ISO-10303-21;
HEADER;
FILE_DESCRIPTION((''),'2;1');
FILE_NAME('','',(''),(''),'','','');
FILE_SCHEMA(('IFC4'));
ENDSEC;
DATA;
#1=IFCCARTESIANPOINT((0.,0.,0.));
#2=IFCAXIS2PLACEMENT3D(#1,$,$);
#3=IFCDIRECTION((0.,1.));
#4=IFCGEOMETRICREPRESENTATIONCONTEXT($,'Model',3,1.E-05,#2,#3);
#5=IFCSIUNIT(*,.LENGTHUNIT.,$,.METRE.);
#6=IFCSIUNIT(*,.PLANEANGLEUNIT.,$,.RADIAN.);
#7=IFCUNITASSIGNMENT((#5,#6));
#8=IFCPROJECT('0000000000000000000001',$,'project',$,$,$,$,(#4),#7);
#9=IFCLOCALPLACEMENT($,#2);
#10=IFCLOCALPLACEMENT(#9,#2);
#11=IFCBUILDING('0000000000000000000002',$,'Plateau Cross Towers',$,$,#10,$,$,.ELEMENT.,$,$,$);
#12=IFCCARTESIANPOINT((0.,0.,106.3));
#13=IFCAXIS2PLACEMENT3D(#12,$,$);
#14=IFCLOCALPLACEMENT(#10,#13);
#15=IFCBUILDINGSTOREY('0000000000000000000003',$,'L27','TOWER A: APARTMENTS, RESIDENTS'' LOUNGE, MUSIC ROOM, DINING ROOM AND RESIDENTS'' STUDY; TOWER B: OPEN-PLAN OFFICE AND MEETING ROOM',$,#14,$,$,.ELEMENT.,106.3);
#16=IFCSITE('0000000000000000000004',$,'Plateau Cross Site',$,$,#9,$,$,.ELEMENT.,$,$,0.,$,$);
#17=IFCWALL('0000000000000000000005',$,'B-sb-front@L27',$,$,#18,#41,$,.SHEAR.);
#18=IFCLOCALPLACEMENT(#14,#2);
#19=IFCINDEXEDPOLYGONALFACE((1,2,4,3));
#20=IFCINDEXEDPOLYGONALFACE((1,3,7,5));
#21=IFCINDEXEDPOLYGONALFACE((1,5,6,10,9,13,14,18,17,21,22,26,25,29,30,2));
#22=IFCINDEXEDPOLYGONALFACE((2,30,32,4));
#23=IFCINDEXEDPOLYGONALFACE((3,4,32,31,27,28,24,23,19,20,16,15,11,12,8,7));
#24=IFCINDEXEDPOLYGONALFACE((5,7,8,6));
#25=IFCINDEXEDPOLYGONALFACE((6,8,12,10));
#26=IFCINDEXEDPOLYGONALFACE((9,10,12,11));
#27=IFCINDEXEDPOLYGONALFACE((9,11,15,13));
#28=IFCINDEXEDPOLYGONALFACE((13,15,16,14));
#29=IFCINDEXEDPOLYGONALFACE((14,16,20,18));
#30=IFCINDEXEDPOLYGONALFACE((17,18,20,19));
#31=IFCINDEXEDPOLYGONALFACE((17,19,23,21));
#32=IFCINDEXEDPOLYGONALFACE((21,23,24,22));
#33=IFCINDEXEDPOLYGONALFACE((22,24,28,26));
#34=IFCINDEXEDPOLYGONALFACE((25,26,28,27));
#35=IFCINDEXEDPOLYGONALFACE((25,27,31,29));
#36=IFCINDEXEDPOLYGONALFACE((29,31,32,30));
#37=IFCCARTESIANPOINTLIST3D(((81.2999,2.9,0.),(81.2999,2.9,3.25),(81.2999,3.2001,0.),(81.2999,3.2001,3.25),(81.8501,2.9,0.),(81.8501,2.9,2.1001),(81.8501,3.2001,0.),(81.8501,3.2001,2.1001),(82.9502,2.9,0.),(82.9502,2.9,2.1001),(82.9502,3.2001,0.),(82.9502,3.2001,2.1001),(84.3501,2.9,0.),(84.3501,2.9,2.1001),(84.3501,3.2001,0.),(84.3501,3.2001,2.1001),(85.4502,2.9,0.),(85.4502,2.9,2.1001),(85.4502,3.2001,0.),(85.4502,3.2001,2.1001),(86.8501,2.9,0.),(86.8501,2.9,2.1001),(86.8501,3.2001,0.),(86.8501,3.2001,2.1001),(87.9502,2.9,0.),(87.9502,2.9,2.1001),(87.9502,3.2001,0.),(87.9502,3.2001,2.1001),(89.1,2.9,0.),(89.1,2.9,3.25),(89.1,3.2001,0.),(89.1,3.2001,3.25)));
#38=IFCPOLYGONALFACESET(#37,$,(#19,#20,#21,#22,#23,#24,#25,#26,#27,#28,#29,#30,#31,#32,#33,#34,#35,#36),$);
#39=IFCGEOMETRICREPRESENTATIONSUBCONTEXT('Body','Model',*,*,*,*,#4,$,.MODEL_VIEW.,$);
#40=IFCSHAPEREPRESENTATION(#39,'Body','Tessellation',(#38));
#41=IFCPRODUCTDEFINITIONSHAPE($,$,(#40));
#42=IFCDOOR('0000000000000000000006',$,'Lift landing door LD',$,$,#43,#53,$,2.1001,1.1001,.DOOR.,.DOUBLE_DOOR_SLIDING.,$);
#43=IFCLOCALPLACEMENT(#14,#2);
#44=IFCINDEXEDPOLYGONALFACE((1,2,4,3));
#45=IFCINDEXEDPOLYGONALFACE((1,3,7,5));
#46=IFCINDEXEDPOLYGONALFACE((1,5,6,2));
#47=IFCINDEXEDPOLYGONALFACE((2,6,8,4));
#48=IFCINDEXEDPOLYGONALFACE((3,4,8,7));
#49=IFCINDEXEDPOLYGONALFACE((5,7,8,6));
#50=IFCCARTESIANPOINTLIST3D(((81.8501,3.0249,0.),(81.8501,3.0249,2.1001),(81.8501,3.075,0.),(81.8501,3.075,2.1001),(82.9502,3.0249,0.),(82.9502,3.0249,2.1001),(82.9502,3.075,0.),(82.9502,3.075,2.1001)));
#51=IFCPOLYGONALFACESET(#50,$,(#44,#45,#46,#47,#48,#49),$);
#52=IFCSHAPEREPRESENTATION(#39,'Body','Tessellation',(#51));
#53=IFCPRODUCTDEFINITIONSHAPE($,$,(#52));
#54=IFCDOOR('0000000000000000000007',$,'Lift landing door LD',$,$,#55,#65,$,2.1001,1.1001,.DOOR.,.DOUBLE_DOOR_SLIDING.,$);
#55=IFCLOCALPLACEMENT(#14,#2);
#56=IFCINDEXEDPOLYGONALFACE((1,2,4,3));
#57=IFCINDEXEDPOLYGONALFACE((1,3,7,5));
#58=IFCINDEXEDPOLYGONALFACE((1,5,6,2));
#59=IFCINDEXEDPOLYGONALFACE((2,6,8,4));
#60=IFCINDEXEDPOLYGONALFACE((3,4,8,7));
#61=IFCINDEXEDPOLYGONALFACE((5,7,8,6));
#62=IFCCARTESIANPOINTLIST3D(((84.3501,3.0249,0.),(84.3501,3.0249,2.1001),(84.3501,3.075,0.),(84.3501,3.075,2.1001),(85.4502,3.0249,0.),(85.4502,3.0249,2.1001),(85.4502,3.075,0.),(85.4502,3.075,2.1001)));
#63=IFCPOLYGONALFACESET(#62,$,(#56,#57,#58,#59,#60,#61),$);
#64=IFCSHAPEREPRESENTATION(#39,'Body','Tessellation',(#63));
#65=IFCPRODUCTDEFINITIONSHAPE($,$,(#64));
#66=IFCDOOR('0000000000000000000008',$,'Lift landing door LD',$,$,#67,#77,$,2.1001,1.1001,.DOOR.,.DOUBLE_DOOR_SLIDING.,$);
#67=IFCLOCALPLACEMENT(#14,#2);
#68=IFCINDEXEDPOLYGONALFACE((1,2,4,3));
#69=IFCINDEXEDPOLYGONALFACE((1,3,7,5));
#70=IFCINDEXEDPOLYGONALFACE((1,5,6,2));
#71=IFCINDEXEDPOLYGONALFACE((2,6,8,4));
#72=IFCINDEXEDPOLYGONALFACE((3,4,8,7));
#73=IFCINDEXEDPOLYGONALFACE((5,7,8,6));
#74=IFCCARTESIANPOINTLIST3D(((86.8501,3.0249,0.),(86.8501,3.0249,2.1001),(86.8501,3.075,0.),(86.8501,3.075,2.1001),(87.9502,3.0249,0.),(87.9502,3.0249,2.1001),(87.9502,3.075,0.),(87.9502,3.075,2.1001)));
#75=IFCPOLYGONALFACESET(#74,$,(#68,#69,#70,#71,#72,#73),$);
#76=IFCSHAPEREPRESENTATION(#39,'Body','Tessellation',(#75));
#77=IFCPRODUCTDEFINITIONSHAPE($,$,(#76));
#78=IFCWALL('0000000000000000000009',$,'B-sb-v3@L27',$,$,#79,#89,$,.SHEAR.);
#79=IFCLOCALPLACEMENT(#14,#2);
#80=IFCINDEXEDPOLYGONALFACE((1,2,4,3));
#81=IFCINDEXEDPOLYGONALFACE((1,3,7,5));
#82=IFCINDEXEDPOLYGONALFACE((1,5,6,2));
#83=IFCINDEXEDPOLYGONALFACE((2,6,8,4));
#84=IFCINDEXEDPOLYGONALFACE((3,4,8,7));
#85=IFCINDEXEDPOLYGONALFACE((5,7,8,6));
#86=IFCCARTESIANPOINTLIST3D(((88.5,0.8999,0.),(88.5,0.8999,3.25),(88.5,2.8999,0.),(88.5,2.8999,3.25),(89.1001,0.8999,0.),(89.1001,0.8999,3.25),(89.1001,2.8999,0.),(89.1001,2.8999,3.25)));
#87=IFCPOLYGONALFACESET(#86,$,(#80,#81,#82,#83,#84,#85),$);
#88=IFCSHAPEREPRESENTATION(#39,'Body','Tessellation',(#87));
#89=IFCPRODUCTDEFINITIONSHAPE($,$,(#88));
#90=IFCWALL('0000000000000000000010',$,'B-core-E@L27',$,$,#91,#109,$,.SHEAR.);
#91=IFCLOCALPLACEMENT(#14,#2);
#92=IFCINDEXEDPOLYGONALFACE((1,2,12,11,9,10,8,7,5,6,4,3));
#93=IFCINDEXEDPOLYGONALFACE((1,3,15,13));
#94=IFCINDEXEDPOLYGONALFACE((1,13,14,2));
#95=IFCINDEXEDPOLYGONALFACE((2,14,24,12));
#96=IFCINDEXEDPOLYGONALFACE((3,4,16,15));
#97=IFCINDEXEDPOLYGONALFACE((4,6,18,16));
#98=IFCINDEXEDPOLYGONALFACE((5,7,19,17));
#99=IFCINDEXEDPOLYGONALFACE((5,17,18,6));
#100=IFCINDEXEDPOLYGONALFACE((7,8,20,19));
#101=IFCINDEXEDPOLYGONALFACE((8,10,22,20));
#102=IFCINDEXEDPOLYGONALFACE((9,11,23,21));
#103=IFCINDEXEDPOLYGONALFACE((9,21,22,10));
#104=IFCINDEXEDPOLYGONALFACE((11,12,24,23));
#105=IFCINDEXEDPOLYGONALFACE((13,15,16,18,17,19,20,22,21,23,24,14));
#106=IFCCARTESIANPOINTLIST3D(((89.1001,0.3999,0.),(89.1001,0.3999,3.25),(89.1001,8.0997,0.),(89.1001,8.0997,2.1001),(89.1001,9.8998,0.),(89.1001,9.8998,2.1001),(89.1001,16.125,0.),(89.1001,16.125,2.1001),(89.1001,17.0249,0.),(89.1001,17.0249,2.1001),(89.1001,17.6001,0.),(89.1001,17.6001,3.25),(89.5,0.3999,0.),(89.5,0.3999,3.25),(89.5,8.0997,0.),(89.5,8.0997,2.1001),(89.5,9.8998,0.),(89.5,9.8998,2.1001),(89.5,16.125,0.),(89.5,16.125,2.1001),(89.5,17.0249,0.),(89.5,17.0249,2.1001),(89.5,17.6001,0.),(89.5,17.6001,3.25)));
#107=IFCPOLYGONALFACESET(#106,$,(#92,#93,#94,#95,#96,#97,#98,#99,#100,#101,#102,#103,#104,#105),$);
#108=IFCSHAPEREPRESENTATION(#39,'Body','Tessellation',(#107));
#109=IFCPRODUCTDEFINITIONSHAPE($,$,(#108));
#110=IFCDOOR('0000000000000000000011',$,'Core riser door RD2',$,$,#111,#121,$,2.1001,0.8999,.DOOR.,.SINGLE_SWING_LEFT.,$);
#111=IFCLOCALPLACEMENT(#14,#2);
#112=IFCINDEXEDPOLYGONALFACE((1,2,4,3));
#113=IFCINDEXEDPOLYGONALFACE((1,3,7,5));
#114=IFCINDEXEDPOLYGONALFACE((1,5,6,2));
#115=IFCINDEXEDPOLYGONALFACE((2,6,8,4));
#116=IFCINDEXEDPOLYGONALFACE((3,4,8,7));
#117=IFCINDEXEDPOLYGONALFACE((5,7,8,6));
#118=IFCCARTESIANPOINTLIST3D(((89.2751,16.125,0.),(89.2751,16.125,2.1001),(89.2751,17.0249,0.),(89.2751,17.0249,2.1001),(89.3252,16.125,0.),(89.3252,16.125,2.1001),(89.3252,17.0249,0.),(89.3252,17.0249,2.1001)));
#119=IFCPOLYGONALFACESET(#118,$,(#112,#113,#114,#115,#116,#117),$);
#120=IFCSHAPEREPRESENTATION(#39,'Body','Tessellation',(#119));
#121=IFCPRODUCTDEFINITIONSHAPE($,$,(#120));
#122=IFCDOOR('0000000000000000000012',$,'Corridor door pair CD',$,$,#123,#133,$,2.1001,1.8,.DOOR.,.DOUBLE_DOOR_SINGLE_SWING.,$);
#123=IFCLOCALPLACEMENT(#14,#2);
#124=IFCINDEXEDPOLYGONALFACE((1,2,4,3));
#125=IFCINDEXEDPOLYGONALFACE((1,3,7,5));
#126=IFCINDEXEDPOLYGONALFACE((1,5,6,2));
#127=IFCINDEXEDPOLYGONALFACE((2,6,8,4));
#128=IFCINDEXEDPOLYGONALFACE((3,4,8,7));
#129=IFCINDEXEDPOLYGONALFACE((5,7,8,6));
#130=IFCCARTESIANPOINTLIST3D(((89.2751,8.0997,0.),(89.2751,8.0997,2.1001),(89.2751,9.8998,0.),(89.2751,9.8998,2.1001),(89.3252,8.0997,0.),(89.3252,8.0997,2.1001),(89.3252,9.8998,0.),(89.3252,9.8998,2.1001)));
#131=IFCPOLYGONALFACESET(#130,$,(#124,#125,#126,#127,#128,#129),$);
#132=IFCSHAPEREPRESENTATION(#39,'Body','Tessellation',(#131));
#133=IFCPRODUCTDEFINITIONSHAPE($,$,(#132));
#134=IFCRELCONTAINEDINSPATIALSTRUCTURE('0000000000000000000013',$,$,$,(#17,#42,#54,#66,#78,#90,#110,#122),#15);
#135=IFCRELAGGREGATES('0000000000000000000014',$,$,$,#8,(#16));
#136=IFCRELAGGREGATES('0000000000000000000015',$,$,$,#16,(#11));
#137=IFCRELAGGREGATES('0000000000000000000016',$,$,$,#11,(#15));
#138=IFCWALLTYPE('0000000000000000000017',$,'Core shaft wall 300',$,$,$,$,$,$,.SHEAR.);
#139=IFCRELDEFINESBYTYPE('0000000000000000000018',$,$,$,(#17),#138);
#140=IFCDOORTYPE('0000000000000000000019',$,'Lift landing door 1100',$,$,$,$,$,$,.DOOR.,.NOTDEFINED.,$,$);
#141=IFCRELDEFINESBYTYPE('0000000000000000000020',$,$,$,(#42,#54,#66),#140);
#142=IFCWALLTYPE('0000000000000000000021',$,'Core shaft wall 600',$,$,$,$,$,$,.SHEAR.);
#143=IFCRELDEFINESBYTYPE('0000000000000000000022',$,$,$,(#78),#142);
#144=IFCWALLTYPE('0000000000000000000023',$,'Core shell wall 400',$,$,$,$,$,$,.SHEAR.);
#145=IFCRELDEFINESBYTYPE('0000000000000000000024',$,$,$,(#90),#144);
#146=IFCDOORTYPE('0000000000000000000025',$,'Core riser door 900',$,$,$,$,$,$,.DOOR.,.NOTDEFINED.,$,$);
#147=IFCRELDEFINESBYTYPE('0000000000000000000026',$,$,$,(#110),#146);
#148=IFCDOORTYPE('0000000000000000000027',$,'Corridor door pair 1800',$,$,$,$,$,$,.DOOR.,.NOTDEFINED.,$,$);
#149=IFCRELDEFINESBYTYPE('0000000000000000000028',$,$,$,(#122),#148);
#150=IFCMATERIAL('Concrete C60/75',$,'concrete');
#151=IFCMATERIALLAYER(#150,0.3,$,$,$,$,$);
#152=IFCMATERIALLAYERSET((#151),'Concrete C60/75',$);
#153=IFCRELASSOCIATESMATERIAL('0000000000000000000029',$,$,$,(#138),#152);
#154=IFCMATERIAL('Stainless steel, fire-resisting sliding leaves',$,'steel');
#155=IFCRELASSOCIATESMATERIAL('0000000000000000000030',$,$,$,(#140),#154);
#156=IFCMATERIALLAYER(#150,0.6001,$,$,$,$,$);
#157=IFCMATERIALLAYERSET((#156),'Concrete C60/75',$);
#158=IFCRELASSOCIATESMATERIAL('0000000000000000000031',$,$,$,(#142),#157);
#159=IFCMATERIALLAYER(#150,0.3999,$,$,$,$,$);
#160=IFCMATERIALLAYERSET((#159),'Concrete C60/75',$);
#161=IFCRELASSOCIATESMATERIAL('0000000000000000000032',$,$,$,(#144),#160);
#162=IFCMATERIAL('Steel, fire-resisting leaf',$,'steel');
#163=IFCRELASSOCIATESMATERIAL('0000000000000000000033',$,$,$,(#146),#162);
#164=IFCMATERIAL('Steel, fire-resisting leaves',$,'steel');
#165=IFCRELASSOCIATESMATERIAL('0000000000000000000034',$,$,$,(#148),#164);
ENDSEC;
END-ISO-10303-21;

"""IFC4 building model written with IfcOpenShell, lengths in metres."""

from ifc_helpers import new_model, si_unit, direction, frame, frame_2d, origin, place, context, subcontext, project, spatial, rectangle, extrude, material, layer, layer_set, type_object, element, fill, save


model = new_model("IFC4")

# Units and contexts
model_context = context("Model", 3, precision=1e-05, world=origin(), true_north=direction((0.0, 1.0)))
body_context = subcontext(model_context, "Body", "Model", "MODEL_VIEW")
ifc_project = project(units=[si_unit("LENGTHUNIT", "METRE"), si_unit("PLANEANGLEUNIT", "RADIAN")], contexts=[model_context])

# Site, building, storey
site_placement = place(None, origin())
site = spatial("IfcSite", under=ifc_project, at=site_placement, Name="Plateau Cross Site", CompositionType="ELEMENT", RefElevation=0.0)
building_placement = place(site_placement, origin())
building = spatial("IfcBuilding", under=site, at=building_placement, Name="Plateau Cross Towers", CompositionType="ELEMENT")
storey_placement = place(building_placement, frame((0.0, 0.0, 106.3)))
storey = spatial("IfcBuildingStorey", under=building, at=storey_placement, Name="L27", Description="TOWER A: APARTMENTS, RESIDENTS' LOUNGE, MUSIC ROOM, DINING ROOM AND RESIDENTS' STUDY; TOWER B: OPEN-PLAN OFFICE AND MEETING ROOM", CompositionType="ELEMENT", Elevation=106.3)

# Shared definitions
ifc_material_1 = material(Name="Concrete C60/75", Category="concrete")

# Shared definitions
ifc_layer_1 = layer(ifc_material_1, 0.3)
ifc_layer_set_1 = layer_set([ifc_layer_1], Name="Concrete C60/75")
wall_type_1 = type_object("IfcWallType", Name="Core shaft wall 300", PredefinedType="SHEAR", material=ifc_layer_set_1)

# Wall, openings, doors
wall_1_placement = place(storey_placement, frame((81.3, 3.05, 0.0), z_axis=(0.0, 0.0, 1.0), x_axis=(1.0, 0.0, 0.0)))
wall_1 = element("IfcWall", 1, at=wall_1_placement, inside=storey, type_object=wall_type_1, Name="B-sb-front@L27", PredefinedType="SHEAR", context=body_context, shape_type="SweptSolid", body=[
    extrude(rectangle(XDim=7.8, YDim=0.3, at=frame_2d((3.8999, 0.0))), origin(), (0.0, 0.0, 1.0), 3.25),
])
opening_1_placement = place(wall_1_placement, frame((0.55, 0.0, 0.0)))
opening_1 = element("IfcOpeningElement", 2, at=opening_1_placement, cuts=wall_1, PredefinedType="OPENING", context=body_context, shape_type="SweptSolid", body=[
    extrude(rectangle(XDim=1.1001, YDim=2.1001, at=frame_2d((0.55, 1.05))), frame((0.0, 0.1599, 0.0), z_axis=(0.0, -1.0, 0.0), x_axis=(1.0, 0.0, 0.0)), (0.0, 0.0, 1.0), 0.3201),
])
opening_2_placement = place(wall_1_placement, frame((3.05, 0.0, 0.0)))
opening_2 = element("IfcOpeningElement", 3, at=opening_2_placement, cuts=wall_1, PredefinedType="OPENING", context=body_context, shape_type="SweptSolid", body=[
    extrude(rectangle(XDim=1.1001, YDim=2.1001, at=frame_2d((0.55, 1.05))), frame((0.0, 0.1599, 0.0), z_axis=(0.0, -1.0, 0.0), x_axis=(1.0, 0.0, 0.0)), (0.0, 0.0, 1.0), 0.3201),
])
opening_3_placement = place(wall_1_placement, frame((5.55, 0.0, 0.0)))
opening_3 = element("IfcOpeningElement", 4, at=opening_3_placement, cuts=wall_1, PredefinedType="OPENING", context=body_context, shape_type="SweptSolid", body=[
    extrude(rectangle(XDim=1.1001, YDim=2.1001, at=frame_2d((0.55, 1.05))), frame((0.0, 0.1599, 0.0), z_axis=(0.0, -1.0, 0.0), x_axis=(1.0, 0.0, 0.0)), (0.0, 0.0, 1.0), 0.3201),
])
ifc_material_2 = material(Name="Stainless steel, fire-resisting sliding leaves", Category="steel")
door_type_1 = type_object("IfcDoorType", Name="Lift landing door 1100", OperationType="NOTDEFINED", PredefinedType="DOOR", material=ifc_material_2)
door_1_placement = place(opening_1_placement, origin())
door_1 = element("IfcDoor", 5, at=door_1_placement, inside=storey, type_object=door_type_1, Name="Lift landing door LD", OperationType="DOUBLE_DOOR_SLIDING", OverallHeight=2.1001, OverallWidth=1.1001, PredefinedType="DOOR", context=body_context, shape_type="SweptSolid", body=[
    extrude(rectangle(XDim=1.1001, YDim=2.1001, at=frame_2d((0.55, 1.05))), frame((0.0, 0.0249, 0.0), z_axis=(0.0, -1.0, 0.0), x_axis=(1.0, 0.0, 0.0)), (0.0, 0.0, 1.0), 0.05),
])
fill(opening_1, door_1)
door_2_placement = place(opening_2_placement, origin())
door_2 = element("IfcDoor", 6, at=door_2_placement, inside=storey, type_object=door_type_1, Name="Lift landing door LD", OperationType="DOUBLE_DOOR_SLIDING", OverallHeight=2.1001, OverallWidth=1.1001, PredefinedType="DOOR", context=body_context, shape_type="SweptSolid", body=[
    extrude(rectangle(XDim=1.1001, YDim=2.1001, at=frame_2d((0.55, 1.05))), frame((0.0, 0.0249, 0.0), z_axis=(0.0, -1.0, 0.0), x_axis=(1.0, 0.0, 0.0)), (0.0, 0.0, 1.0), 0.05),
])
fill(opening_2, door_2)
door_3_placement = place(opening_3_placement, origin())
door_3 = element("IfcDoor", 7, at=door_3_placement, inside=storey, type_object=door_type_1, Name="Lift landing door LD", OperationType="DOUBLE_DOOR_SLIDING", OverallHeight=2.1001, OverallWidth=1.1001, PredefinedType="DOOR", context=body_context, shape_type="SweptSolid", body=[
    extrude(rectangle(XDim=1.1001, YDim=2.1001, at=frame_2d((0.55, 1.05))), frame((0.0, 0.0249, 0.0), z_axis=(0.0, -1.0, 0.0), x_axis=(1.0, 0.0, 0.0)), (0.0, 0.0, 1.0), 0.05),
])
fill(opening_3, door_3)

# Wall
ifc_layer_2 = layer(ifc_material_1, 0.6001)
ifc_layer_set_2 = layer_set([ifc_layer_2], Name="Concrete C60/75")
wall_type_2 = type_object("IfcWallType", Name="Core shaft wall 600", PredefinedType="SHEAR", material=ifc_layer_set_2)
wall_2_placement = place(storey_placement, frame((88.8, 0.8999, 0.0), z_axis=(0.0, 0.0, 1.0), x_axis=(0.0, 1.0, 0.0)))
element("IfcWall", 8, at=wall_2_placement, inside=storey, type_object=wall_type_2, Name="B-sb-v3@L27", PredefinedType="SHEAR", context=body_context, shape_type="SweptSolid", body=[
    extrude(rectangle(XDim=2.0, YDim=0.6001, at=frame_2d((1.0, 0.0))), origin(), (0.0, 0.0, 1.0), 3.25),
])

# Wall, openings, doors
ifc_layer_3 = layer(ifc_material_1, 0.3999)
ifc_layer_set_3 = layer_set([ifc_layer_3], Name="Concrete C60/75")
wall_type_3 = type_object("IfcWallType", Name="Core shell wall 400", PredefinedType="SHEAR", material=ifc_layer_set_3)
wall_3_placement = place(storey_placement, frame((89.3, 0.3999, 0.0), z_axis=(0.0, 0.0, 1.0), x_axis=(0.0, 1.0, 0.0)))
wall_3 = element("IfcWall", 9, at=wall_3_placement, inside=storey, type_object=wall_type_3, Name="B-core-E@L27", PredefinedType="SHEAR", context=body_context, shape_type="SweptSolid", body=[
    extrude(rectangle(XDim=17.2002, YDim=0.3999, at=frame_2d((8.6001, 0.0))), origin(), (0.0, 0.0, 1.0), 3.25),
])
opening_4_placement = place(wall_3_placement, frame((7.7, 0.0, 0.0)))
opening_4 = element("IfcOpeningElement", 10, at=opening_4_placement, cuts=wall_3, PredefinedType="OPENING", context=body_context, shape_type="SweptSolid", body=[
    extrude(rectangle(XDim=1.8, YDim=2.1001, at=frame_2d((0.8999, 1.05))), frame((0.0, 0.21, 0.0), z_axis=(0.0, -1.0, 0.0), x_axis=(1.0, 0.0, 0.0)), (0.0, 0.0, 1.0), 0.4199),
])
opening_5_placement = place(wall_3_placement, frame((15.7251, 0.0, 0.0)))
opening_5 = element("IfcOpeningElement", 11, at=opening_5_placement, cuts=wall_3, PredefinedType="OPENING", context=body_context, shape_type="SweptSolid", body=[
    extrude(rectangle(XDim=0.8999, YDim=2.1001, at=frame_2d((0.45, 1.05))), frame((0.0, 0.21, 0.0), z_axis=(0.0, -1.0, 0.0), x_axis=(1.0, 0.0, 0.0)), (0.0, 0.0, 1.0), 0.4199),
])
ifc_material_3 = material(Name="Steel, fire-resisting leaf", Category="steel")
door_type_2 = type_object("IfcDoorType", Name="Core riser door 900", OperationType="NOTDEFINED", PredefinedType="DOOR", material=ifc_material_3)
door_4_placement = place(opening_5_placement, origin())
door_4 = element("IfcDoor", 12, at=door_4_placement, inside=storey, type_object=door_type_2, Name="Core riser door RD2", OperationType="SINGLE_SWING_LEFT", OverallHeight=2.1001, OverallWidth=0.8999, PredefinedType="DOOR", context=body_context, shape_type="SweptSolid", body=[
    extrude(rectangle(XDim=0.8999, YDim=2.1001, at=frame_2d((0.45, 1.05))), frame((0.0, 0.0249, 0.0), z_axis=(0.0, -1.0, 0.0), x_axis=(1.0, 0.0, 0.0)), (0.0, 0.0, 1.0), 0.05),
])
fill(opening_5, door_4)
ifc_material_4 = material(Name="Steel, fire-resisting leaves", Category="steel")
door_type_3 = type_object("IfcDoorType", Name="Corridor door pair 1800", OperationType="NOTDEFINED", PredefinedType="DOOR", material=ifc_material_4)
door_5_placement = place(opening_4_placement, origin())
door_5 = element("IfcDoor", 13, at=door_5_placement, inside=storey, type_object=door_type_3, Name="Corridor door pair CD", OperationType="DOUBLE_DOOR_SINGLE_SWING", OverallHeight=2.1001, OverallWidth=1.8, PredefinedType="DOOR", context=body_context, shape_type="SweptSolid", body=[
    extrude(rectangle(XDim=1.8, YDim=2.1001, at=frame_2d((0.8999, 1.05))), frame((0.0, 0.0249, 0.0), z_axis=(0.0, -1.0, 0.0), x_axis=(1.0, 0.0, 0.0)), (0.0, 0.0, 1.0), 0.05),
])
fill(opening_4, door_5)

save(model, "model.ifc")
